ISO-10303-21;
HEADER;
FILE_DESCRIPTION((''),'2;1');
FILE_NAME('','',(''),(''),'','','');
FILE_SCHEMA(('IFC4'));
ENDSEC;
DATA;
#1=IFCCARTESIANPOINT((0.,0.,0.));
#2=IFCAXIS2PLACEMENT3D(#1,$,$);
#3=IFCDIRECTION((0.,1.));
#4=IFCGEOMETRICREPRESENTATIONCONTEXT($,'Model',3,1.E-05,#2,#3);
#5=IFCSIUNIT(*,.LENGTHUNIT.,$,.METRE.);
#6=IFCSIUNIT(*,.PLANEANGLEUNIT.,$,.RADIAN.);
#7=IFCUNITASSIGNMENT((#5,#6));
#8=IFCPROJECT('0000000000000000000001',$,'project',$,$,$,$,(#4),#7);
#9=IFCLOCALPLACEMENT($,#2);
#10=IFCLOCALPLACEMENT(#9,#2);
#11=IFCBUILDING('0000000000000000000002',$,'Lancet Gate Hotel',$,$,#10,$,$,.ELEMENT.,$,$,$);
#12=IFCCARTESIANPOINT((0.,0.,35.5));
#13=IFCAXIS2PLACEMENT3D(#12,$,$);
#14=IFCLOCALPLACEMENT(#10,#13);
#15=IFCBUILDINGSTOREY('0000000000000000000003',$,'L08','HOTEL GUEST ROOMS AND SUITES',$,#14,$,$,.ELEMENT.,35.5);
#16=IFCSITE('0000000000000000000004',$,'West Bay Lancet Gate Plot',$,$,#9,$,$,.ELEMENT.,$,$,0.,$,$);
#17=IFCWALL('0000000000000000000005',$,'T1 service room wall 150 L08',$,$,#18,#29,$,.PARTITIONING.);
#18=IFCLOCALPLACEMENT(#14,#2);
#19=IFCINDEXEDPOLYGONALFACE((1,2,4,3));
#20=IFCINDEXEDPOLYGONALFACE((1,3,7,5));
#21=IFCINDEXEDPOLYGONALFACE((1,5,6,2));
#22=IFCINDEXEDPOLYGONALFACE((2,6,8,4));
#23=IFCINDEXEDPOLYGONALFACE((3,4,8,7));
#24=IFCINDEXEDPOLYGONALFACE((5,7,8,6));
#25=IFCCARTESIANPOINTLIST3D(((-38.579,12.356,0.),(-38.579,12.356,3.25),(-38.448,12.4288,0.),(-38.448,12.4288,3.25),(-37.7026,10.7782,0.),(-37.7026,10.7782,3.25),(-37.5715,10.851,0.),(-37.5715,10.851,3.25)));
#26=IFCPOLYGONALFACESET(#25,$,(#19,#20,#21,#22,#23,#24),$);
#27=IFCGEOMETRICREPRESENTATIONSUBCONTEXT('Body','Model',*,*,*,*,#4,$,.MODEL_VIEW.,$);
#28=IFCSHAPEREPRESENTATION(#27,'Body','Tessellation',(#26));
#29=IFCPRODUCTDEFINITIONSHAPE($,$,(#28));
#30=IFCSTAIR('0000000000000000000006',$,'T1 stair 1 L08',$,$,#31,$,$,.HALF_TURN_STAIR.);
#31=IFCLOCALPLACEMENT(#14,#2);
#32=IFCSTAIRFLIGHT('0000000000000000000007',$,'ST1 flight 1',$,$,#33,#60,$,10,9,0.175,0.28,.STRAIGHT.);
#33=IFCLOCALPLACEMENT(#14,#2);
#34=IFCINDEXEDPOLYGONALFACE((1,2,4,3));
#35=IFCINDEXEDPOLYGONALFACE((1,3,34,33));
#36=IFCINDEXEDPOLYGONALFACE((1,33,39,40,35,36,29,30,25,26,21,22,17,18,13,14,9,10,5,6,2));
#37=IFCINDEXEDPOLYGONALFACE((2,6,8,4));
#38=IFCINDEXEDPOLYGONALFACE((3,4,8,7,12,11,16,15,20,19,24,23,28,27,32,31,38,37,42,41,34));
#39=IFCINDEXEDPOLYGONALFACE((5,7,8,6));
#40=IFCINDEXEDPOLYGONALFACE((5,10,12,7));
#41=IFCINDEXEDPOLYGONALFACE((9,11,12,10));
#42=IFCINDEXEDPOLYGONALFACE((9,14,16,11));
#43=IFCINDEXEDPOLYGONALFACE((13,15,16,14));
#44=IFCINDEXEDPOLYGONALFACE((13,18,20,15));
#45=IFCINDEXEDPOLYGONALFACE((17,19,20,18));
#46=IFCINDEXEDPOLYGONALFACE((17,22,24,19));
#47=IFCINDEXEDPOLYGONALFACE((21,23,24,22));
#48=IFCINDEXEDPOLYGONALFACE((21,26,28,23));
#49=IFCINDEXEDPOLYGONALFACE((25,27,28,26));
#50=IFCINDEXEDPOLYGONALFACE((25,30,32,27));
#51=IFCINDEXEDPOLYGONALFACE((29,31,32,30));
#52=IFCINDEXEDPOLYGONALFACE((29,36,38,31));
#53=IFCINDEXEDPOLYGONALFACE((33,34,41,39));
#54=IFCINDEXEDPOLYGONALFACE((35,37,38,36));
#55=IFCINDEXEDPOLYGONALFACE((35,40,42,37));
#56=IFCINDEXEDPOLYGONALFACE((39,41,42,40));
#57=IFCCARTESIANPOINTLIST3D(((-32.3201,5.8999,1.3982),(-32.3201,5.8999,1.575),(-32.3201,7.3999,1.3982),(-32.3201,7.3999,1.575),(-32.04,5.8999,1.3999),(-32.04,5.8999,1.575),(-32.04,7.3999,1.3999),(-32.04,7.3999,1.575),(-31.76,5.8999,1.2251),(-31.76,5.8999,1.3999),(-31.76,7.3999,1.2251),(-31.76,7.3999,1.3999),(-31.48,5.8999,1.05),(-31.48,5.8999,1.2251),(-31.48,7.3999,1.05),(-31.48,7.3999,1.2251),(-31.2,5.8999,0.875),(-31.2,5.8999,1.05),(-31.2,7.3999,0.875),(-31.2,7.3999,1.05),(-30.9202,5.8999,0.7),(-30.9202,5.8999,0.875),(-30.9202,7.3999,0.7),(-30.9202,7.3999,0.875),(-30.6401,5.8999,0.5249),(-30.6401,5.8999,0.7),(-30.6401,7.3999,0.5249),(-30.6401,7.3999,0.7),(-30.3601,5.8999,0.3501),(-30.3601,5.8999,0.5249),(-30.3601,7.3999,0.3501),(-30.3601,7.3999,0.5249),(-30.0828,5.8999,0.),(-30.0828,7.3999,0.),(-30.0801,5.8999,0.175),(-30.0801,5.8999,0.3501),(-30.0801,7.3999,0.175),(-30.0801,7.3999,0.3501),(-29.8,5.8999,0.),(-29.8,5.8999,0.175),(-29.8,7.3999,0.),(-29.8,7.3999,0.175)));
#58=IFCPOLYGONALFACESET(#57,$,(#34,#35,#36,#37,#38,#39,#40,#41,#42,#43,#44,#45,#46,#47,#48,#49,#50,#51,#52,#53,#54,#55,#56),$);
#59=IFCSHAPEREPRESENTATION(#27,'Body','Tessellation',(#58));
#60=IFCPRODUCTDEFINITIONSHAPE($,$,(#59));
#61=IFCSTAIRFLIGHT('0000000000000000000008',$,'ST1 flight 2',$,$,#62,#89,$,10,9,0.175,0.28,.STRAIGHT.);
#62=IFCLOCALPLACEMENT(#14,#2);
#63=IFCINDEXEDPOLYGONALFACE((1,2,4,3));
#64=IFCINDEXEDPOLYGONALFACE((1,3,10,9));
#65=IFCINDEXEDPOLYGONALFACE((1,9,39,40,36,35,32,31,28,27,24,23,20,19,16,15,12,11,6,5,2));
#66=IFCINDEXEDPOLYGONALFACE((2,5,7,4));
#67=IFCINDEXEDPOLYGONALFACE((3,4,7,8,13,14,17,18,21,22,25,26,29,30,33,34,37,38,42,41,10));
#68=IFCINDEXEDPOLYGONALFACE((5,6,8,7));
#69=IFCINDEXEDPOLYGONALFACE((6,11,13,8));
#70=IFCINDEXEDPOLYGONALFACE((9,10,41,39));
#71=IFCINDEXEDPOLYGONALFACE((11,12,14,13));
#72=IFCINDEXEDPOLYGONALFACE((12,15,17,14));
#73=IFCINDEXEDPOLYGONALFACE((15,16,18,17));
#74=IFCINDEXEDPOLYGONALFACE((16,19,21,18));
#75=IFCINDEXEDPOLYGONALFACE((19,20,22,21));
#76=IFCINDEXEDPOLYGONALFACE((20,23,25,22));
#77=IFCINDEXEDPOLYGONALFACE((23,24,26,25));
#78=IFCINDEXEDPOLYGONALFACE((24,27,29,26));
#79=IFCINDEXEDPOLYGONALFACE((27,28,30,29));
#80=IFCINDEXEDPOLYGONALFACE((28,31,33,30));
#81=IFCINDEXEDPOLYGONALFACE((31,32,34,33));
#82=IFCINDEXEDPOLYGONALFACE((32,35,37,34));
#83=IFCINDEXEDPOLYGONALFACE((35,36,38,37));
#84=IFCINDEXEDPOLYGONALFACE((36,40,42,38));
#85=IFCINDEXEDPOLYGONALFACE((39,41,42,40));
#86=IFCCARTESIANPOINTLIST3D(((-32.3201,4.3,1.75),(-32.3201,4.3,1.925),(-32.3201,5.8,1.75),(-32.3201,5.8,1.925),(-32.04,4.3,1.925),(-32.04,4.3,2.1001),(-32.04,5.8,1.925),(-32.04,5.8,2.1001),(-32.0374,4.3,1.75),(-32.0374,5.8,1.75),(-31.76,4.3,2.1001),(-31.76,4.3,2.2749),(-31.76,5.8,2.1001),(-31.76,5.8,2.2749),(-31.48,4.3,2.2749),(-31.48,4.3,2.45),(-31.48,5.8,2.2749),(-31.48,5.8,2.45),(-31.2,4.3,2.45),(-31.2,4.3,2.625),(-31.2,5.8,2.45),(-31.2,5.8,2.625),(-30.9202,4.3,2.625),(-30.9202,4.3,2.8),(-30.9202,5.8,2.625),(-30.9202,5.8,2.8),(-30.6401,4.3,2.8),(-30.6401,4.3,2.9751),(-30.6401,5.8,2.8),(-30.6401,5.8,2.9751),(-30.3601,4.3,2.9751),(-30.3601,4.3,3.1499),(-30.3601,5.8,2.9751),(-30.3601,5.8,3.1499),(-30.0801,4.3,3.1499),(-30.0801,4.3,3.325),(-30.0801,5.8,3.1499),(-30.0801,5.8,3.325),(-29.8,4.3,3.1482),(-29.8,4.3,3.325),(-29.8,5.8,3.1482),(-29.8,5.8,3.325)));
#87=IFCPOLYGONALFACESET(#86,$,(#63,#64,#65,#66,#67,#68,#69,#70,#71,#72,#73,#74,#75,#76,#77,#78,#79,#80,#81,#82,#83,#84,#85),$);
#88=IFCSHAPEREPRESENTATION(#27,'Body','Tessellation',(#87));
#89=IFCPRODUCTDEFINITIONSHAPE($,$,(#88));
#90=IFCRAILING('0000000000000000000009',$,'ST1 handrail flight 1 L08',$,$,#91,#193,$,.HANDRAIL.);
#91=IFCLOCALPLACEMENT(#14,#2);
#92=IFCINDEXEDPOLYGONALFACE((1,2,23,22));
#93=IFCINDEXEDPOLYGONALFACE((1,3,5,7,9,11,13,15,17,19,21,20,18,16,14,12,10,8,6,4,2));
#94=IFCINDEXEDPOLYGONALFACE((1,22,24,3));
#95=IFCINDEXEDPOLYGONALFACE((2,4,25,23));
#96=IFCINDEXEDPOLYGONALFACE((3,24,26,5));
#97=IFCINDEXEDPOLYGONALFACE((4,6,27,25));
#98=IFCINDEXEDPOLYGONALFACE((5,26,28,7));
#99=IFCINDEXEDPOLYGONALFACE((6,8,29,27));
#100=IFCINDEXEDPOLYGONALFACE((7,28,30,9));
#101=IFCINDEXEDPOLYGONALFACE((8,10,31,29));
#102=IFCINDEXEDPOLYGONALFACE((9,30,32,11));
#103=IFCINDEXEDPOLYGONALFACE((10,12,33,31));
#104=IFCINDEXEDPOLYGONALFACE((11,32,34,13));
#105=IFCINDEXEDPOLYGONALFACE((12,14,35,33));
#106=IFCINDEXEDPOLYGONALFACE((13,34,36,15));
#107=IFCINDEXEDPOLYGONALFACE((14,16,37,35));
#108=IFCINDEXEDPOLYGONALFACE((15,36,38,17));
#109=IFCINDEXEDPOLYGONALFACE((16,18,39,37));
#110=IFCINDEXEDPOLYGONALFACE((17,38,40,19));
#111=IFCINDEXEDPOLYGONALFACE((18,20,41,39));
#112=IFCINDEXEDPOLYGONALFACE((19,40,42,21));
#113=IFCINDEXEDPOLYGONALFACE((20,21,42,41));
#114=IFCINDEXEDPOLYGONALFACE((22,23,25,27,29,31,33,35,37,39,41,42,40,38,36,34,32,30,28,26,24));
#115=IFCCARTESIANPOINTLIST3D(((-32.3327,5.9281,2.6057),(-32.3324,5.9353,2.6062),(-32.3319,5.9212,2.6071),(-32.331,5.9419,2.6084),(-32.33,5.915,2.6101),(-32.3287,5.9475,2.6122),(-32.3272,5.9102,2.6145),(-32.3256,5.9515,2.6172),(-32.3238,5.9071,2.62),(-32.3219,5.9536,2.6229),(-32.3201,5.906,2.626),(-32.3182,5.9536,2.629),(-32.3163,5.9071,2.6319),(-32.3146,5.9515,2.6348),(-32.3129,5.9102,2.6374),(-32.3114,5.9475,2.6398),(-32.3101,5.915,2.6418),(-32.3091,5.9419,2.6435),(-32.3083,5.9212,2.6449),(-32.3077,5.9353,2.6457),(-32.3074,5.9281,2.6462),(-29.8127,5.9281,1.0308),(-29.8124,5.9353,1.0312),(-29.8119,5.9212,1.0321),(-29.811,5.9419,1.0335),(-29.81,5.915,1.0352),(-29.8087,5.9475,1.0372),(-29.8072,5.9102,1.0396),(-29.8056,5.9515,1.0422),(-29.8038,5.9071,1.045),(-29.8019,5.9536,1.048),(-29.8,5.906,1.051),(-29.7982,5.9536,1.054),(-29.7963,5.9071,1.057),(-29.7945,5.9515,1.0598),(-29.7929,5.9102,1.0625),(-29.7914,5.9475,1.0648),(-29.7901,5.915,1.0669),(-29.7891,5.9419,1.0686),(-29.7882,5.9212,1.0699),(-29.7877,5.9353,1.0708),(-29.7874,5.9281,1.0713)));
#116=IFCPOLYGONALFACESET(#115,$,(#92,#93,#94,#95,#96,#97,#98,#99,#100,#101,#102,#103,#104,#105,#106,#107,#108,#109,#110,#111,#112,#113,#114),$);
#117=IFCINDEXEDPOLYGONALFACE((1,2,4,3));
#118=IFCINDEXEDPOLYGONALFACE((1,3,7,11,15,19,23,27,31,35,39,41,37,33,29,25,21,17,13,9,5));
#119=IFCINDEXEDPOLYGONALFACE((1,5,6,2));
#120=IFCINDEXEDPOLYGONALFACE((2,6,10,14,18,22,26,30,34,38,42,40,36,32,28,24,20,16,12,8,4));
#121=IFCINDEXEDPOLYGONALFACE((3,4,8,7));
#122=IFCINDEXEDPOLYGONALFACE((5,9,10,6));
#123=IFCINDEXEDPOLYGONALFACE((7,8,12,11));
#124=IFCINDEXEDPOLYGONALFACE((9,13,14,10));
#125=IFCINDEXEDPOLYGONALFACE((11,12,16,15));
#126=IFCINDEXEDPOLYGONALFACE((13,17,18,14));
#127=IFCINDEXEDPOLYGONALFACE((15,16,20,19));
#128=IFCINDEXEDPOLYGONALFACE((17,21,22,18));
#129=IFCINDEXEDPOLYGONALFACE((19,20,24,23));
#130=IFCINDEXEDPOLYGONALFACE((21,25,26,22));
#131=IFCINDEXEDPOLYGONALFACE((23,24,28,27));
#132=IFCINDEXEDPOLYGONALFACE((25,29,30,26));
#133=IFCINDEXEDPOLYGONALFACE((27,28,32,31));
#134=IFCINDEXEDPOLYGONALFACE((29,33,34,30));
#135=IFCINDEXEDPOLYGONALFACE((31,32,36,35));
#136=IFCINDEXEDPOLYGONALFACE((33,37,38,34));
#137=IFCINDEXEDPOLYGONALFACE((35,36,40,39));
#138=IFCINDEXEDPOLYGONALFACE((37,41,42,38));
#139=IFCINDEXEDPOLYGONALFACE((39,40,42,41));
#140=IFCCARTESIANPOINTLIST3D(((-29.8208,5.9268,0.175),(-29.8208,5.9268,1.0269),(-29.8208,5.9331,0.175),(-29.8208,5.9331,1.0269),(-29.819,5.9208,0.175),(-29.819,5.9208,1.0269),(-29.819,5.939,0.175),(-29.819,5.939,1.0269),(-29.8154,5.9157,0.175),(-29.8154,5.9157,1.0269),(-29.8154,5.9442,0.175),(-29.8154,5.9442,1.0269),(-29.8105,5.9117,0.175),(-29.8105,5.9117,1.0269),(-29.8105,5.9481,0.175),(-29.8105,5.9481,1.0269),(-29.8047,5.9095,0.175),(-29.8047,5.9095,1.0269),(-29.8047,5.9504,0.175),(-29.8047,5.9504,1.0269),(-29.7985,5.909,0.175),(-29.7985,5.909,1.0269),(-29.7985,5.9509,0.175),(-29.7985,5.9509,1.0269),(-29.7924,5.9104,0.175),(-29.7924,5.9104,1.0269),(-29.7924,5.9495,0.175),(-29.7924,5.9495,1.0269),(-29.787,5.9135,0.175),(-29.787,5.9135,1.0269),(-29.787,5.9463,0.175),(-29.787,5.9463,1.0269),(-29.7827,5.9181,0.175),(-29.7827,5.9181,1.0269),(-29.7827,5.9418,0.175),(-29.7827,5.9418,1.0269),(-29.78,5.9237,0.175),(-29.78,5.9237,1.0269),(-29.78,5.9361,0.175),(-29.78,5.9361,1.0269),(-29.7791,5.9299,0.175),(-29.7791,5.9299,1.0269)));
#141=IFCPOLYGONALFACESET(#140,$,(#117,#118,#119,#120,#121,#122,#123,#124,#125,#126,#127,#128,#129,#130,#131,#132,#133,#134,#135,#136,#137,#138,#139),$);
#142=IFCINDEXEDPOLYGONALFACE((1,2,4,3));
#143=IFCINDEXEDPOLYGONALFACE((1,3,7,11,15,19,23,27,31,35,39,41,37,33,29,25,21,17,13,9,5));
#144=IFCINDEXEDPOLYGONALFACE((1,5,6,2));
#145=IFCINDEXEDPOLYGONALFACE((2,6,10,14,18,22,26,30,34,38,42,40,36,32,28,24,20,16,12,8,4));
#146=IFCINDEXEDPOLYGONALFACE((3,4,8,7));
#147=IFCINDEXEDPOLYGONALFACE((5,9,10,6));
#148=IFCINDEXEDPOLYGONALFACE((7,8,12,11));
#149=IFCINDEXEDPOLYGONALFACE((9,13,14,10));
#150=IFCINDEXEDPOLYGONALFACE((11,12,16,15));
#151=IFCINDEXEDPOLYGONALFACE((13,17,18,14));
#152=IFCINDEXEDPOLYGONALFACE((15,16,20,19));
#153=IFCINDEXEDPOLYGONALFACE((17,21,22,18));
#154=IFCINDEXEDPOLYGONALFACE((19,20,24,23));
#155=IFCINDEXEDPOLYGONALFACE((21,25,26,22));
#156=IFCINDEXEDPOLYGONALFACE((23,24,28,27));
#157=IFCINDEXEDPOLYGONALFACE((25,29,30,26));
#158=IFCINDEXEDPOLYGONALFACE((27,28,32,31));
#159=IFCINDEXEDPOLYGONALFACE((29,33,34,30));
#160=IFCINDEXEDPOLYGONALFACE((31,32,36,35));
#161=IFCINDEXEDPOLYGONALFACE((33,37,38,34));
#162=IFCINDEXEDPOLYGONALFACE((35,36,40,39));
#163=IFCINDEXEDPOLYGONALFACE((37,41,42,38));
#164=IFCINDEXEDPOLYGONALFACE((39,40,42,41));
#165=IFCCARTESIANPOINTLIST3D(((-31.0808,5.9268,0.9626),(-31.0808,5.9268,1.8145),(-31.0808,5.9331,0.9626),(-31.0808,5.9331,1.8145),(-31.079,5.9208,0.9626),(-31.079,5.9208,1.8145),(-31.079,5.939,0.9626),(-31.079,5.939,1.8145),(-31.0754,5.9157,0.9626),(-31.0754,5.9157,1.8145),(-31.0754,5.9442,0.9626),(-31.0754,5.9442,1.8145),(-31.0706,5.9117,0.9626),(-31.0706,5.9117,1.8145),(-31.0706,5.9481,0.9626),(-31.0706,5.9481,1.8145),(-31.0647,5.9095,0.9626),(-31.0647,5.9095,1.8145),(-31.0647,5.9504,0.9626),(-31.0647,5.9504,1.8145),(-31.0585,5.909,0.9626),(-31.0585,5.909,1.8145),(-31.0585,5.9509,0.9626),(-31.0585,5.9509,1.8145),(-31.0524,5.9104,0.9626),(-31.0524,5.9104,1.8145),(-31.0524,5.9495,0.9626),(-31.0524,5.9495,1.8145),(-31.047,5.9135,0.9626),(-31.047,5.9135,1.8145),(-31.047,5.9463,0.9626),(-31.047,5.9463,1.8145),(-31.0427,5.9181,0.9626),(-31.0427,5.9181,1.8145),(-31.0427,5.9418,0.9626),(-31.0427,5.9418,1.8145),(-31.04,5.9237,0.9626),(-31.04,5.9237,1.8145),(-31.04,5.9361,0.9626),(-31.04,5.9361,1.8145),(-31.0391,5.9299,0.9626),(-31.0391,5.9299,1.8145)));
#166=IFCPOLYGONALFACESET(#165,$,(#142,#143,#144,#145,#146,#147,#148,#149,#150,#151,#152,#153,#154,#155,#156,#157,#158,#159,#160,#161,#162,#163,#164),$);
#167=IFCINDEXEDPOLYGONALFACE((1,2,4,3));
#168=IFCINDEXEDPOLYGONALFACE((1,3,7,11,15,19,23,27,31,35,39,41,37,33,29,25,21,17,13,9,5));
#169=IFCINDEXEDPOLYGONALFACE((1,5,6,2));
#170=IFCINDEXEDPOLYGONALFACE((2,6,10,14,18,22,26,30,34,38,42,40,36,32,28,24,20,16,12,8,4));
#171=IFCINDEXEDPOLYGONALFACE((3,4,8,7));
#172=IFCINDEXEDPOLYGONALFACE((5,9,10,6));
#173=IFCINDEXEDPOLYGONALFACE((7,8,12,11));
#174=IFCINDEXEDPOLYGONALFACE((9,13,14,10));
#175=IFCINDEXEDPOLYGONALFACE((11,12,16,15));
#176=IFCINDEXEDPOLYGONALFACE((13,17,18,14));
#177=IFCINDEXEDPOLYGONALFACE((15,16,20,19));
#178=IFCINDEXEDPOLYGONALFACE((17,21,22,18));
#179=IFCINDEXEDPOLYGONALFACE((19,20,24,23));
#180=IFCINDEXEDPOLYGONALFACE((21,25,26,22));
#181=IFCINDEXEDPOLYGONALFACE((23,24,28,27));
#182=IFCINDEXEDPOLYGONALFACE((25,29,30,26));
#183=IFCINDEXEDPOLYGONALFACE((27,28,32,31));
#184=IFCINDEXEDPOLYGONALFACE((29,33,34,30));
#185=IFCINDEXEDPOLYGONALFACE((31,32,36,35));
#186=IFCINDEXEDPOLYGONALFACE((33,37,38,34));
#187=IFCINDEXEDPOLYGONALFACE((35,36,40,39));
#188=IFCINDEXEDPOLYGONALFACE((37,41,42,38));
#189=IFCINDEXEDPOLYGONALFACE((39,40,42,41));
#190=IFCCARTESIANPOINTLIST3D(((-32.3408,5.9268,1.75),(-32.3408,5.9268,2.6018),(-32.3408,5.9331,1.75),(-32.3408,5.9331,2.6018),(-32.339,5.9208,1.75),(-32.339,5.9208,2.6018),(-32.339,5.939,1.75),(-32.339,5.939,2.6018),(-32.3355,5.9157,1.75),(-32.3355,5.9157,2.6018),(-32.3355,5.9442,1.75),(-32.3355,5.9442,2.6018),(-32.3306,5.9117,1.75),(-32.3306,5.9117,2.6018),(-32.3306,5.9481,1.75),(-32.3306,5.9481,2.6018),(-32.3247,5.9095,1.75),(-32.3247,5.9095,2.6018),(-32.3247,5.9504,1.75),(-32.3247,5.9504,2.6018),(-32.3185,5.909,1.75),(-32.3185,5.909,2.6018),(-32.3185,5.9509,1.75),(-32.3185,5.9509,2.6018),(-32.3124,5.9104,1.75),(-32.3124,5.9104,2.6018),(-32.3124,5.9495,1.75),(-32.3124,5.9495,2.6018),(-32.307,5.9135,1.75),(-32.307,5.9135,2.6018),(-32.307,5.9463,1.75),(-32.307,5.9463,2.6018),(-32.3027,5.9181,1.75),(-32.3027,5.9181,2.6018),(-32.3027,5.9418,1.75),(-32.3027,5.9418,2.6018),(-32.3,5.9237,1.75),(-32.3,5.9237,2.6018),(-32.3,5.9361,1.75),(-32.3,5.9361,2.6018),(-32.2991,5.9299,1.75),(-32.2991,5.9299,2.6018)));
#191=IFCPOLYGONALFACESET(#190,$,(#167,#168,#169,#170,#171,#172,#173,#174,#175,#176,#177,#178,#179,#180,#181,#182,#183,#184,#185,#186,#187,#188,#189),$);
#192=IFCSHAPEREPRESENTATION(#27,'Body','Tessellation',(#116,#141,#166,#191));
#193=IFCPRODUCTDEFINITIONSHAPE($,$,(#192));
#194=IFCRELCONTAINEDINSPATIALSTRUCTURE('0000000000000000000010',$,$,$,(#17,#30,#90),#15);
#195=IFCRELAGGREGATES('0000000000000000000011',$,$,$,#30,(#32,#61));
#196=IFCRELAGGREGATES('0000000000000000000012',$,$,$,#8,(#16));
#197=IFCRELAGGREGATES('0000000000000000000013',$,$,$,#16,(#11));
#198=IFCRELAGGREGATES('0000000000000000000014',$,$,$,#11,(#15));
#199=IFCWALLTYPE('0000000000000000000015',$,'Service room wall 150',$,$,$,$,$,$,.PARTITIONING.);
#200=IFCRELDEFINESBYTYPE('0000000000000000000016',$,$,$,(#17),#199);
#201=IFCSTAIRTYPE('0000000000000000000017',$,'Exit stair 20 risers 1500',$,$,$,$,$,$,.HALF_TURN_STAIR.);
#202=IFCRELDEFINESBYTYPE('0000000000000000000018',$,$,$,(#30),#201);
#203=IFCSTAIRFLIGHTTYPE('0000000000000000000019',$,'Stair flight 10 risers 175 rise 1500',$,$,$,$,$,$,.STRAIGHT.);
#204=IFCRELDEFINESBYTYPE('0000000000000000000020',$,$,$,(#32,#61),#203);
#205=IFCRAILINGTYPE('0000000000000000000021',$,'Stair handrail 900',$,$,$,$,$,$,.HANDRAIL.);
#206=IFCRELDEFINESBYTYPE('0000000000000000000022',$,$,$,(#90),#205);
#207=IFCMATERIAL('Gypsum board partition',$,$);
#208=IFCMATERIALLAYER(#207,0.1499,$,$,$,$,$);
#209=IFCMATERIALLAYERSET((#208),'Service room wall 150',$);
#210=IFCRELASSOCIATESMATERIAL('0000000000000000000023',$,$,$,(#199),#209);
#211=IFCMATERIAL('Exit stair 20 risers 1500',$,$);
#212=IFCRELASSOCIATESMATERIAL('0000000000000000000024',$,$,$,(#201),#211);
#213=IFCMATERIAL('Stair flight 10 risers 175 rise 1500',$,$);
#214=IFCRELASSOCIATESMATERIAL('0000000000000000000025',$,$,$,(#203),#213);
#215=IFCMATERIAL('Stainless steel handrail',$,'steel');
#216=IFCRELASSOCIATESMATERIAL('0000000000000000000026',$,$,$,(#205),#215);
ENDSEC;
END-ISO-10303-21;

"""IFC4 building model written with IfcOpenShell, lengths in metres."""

from ifc_helpers import new_model, si_unit, direction, frame, frame_2d, origin, origin_2d, place, context, subcontext, project, spatial, polyline, rectangle, circle, outline, extrude, material, layer, layer_set, type_object, element, aggregate, save


model = new_model("IFC4")

# Units and contexts
model_context = context("Model", 3, precision=1e-05, world=origin(), true_north=direction((0.0, 1.0)))
body_context = subcontext(model_context, "Body", "Model", "MODEL_VIEW")
ifc_project = project(units=[si_unit("LENGTHUNIT", "METRE"), si_unit("PLANEANGLEUNIT", "RADIAN")], contexts=[model_context])

# Site, building, storey
site_placement = place(None, origin())
site = spatial("IfcSite", under=ifc_project, at=site_placement, Name="West Bay Lancet Gate Plot", CompositionType="ELEMENT", RefElevation=0.0)
building_placement = place(site_placement, origin())
building = spatial("IfcBuilding", under=site, at=building_placement, Name="Lancet Gate Hotel", CompositionType="ELEMENT")
storey_placement = place(building_placement, frame((0.0, 0.0, 35.5)))
storey = spatial("IfcBuildingStorey", under=building, at=storey_placement, Name="L08", Description="HOTEL GUEST ROOMS AND SUITES", CompositionType="ELEMENT", Elevation=35.5)

# Wall
ifc_material_1 = material(Name="Gypsum board partition")
ifc_layer_1 = layer(ifc_material_1, 0.1499)
ifc_layer_set_1 = layer_set([ifc_layer_1], Name="Service room wall 150")
wall_type_1 = type_object("IfcWallType", Name="Service room wall 150", PredefinedType="PARTITIONING", material=ifc_layer_set_1)
wall_1_placement = place(storey_placement, frame((-38.5134, 12.3923, 0.0), z_axis=(0.0, 0.0, 1.0), x_axis=(0.485586, -0.874189, 0.0)))
element("IfcWall", 1, at=wall_1_placement, inside=storey, type_object=wall_type_1, Name="T1 service room wall 150 L08", PredefinedType="PARTITIONING", context=body_context, shape_type="SweptSolid", body=[
    extrude(rectangle(XDim=1.8049, YDim=0.1499, at=frame_2d((0.9023, 0.0))), origin(), (0.0, 0.0, 1.0), 3.25),
])

# Stair, stair flights
ifc_material_2 = material(Name="Exit stair 20 risers 1500")
stair_type = type_object("IfcStairType", Name="Exit stair 20 risers 1500", PredefinedType="HALF_TURN_STAIR", material=ifc_material_2)
stair_placement = place(storey_placement, origin())
stair = element("IfcStair", 2, at=stair_placement, inside=storey, type_object=stair_type, Name="T1 stair 1 L08", PredefinedType="HALF_TURN_STAIR")
ifc_material_3 = material(Name="Stair flight 10 risers 175 rise 1500")
stair_flight_type = type_object("IfcStairFlightType", Name="Stair flight 10 risers 175 rise 1500", PredefinedType="STRAIGHT", material=ifc_material_3)
stair_flight_1_placement = place(storey_placement, frame((-29.8, 6.6499, 0.0), z_axis=(0.0, 0.0, 1.0), x_axis=(-1.0, 0.0, 0.0)))
stair_flight_1 = element("IfcStairFlight", 3, at=stair_flight_1_placement, type_object=stair_flight_type, Name="ST1 flight 1", NumberOfRisers=10, NumberOfTreads=9, PredefinedType="STRAIGHT", RiserHeight=0.175, TreadLength=0.28, context=body_context, shape_type="SweptSolid", body=[
    extrude(outline(polyline([(0.0, 0.0), (0.0, 0.175), (0.28, 0.175), (0.28, 0.3501), (0.5601, 0.3501), (0.5601, 0.5249), (0.8401, 0.5249), (0.8401, 0.7), (1.1201, 0.7), (1.1201, 0.875), (1.3999, 0.875), (1.3999, 1.05), (1.6799, 1.05), (1.6799, 1.2251), (1.96, 1.2251), (1.96, 1.3999), (2.24, 1.3999), (2.24, 1.575), (2.52, 1.575), (2.52, 1.75), (2.52, 1.3982), (0.2827, 0.0), (0.0, 0.0)])), frame((0.0, 0.75, 0.0), z_axis=(0.0, -1.0, 0.0), x_axis=(1.0, 0.0, 0.0)), (0.0, 0.0, 1.0), 1.5),
])
stair_flight_2_placement = place(storey_placement, frame((-32.3201, 5.05, 1.75), z_axis=(0.0, 0.0, 1.0), x_axis=(1.0, 0.0, 0.0)))
stair_flight_2 = element("IfcStairFlight", 4, at=stair_flight_2_placement, type_object=stair_flight_type, Name="ST1 flight 2", NumberOfRisers=10, NumberOfTreads=9, PredefinedType="STRAIGHT", RiserHeight=0.175, TreadLength=0.28, context=body_context, shape_type="SweptSolid", body=[
    extrude(outline(polyline([(0.0, 0.0), (0.0, 0.175), (0.28, 0.175), (0.28, 0.3501), (0.5601, 0.3501), (0.5601, 0.5249), (0.8401, 0.5249), (0.8401, 0.7), (1.1201, 0.7), (1.1201, 0.875), (1.3999, 0.875), (1.3999, 1.05), (1.6799, 1.05), (1.6799, 1.2251), (1.96, 1.2251), (1.96, 1.3999), (2.24, 1.3999), (2.24, 1.575), (2.52, 1.575), (2.52, 1.75), (2.52, 1.3982), (0.2827, 0.0), (0.0, 0.0)])), frame((0.0, 0.75, 0.0), z_axis=(0.0, -1.0, 0.0), x_axis=(1.0, 0.0, 0.0)), (0.0, 0.0, 1.0), 1.5),
])
aggregate(stair, [stair_flight_1, stair_flight_2])

# Railing
ifc_material_4 = material(Name="Stainless steel handrail", Category="steel")
railing_type = type_object("IfcRailingType", Name="Stair handrail 900", PredefinedType="HANDRAIL", material=ifc_material_4)
railing_1_placement = place(storey_placement, frame((-29.8, 5.9299, 0.175)))
element("IfcRailing", 5, at=railing_1_placement, inside=storey, type_object=railing_type, Name="ST1 handrail flight 1 L08", PredefinedType="HANDRAIL", context=body_context, shape_type="SweptSolid", body=[
    extrude(circle(Radius=0.0239, at=origin_2d()), frame((0.0, 0.0, 0.876), z_axis=(-0.848008, 0.0, 0.529984), x_axis=(0.0, -1.0, 0.0)), (0.0, 0.0, 1.0), 2.9717),
    extrude(circle(Radius=0.021, at=origin_2d()), origin(), (0.0, 0.0, 1.0), 0.8518),
    extrude(circle(Radius=0.021, at=origin_2d()), frame((-1.26, 0.0, 0.7876)), (0.0, 0.0, 1.0), 0.8518),
    extrude(circle(Radius=0.021, at=origin_2d()), frame((-2.52, 0.0, 1.575)), (0.0, 0.0, 1.0), 0.8518),
])

save(model, "model.ifc")
